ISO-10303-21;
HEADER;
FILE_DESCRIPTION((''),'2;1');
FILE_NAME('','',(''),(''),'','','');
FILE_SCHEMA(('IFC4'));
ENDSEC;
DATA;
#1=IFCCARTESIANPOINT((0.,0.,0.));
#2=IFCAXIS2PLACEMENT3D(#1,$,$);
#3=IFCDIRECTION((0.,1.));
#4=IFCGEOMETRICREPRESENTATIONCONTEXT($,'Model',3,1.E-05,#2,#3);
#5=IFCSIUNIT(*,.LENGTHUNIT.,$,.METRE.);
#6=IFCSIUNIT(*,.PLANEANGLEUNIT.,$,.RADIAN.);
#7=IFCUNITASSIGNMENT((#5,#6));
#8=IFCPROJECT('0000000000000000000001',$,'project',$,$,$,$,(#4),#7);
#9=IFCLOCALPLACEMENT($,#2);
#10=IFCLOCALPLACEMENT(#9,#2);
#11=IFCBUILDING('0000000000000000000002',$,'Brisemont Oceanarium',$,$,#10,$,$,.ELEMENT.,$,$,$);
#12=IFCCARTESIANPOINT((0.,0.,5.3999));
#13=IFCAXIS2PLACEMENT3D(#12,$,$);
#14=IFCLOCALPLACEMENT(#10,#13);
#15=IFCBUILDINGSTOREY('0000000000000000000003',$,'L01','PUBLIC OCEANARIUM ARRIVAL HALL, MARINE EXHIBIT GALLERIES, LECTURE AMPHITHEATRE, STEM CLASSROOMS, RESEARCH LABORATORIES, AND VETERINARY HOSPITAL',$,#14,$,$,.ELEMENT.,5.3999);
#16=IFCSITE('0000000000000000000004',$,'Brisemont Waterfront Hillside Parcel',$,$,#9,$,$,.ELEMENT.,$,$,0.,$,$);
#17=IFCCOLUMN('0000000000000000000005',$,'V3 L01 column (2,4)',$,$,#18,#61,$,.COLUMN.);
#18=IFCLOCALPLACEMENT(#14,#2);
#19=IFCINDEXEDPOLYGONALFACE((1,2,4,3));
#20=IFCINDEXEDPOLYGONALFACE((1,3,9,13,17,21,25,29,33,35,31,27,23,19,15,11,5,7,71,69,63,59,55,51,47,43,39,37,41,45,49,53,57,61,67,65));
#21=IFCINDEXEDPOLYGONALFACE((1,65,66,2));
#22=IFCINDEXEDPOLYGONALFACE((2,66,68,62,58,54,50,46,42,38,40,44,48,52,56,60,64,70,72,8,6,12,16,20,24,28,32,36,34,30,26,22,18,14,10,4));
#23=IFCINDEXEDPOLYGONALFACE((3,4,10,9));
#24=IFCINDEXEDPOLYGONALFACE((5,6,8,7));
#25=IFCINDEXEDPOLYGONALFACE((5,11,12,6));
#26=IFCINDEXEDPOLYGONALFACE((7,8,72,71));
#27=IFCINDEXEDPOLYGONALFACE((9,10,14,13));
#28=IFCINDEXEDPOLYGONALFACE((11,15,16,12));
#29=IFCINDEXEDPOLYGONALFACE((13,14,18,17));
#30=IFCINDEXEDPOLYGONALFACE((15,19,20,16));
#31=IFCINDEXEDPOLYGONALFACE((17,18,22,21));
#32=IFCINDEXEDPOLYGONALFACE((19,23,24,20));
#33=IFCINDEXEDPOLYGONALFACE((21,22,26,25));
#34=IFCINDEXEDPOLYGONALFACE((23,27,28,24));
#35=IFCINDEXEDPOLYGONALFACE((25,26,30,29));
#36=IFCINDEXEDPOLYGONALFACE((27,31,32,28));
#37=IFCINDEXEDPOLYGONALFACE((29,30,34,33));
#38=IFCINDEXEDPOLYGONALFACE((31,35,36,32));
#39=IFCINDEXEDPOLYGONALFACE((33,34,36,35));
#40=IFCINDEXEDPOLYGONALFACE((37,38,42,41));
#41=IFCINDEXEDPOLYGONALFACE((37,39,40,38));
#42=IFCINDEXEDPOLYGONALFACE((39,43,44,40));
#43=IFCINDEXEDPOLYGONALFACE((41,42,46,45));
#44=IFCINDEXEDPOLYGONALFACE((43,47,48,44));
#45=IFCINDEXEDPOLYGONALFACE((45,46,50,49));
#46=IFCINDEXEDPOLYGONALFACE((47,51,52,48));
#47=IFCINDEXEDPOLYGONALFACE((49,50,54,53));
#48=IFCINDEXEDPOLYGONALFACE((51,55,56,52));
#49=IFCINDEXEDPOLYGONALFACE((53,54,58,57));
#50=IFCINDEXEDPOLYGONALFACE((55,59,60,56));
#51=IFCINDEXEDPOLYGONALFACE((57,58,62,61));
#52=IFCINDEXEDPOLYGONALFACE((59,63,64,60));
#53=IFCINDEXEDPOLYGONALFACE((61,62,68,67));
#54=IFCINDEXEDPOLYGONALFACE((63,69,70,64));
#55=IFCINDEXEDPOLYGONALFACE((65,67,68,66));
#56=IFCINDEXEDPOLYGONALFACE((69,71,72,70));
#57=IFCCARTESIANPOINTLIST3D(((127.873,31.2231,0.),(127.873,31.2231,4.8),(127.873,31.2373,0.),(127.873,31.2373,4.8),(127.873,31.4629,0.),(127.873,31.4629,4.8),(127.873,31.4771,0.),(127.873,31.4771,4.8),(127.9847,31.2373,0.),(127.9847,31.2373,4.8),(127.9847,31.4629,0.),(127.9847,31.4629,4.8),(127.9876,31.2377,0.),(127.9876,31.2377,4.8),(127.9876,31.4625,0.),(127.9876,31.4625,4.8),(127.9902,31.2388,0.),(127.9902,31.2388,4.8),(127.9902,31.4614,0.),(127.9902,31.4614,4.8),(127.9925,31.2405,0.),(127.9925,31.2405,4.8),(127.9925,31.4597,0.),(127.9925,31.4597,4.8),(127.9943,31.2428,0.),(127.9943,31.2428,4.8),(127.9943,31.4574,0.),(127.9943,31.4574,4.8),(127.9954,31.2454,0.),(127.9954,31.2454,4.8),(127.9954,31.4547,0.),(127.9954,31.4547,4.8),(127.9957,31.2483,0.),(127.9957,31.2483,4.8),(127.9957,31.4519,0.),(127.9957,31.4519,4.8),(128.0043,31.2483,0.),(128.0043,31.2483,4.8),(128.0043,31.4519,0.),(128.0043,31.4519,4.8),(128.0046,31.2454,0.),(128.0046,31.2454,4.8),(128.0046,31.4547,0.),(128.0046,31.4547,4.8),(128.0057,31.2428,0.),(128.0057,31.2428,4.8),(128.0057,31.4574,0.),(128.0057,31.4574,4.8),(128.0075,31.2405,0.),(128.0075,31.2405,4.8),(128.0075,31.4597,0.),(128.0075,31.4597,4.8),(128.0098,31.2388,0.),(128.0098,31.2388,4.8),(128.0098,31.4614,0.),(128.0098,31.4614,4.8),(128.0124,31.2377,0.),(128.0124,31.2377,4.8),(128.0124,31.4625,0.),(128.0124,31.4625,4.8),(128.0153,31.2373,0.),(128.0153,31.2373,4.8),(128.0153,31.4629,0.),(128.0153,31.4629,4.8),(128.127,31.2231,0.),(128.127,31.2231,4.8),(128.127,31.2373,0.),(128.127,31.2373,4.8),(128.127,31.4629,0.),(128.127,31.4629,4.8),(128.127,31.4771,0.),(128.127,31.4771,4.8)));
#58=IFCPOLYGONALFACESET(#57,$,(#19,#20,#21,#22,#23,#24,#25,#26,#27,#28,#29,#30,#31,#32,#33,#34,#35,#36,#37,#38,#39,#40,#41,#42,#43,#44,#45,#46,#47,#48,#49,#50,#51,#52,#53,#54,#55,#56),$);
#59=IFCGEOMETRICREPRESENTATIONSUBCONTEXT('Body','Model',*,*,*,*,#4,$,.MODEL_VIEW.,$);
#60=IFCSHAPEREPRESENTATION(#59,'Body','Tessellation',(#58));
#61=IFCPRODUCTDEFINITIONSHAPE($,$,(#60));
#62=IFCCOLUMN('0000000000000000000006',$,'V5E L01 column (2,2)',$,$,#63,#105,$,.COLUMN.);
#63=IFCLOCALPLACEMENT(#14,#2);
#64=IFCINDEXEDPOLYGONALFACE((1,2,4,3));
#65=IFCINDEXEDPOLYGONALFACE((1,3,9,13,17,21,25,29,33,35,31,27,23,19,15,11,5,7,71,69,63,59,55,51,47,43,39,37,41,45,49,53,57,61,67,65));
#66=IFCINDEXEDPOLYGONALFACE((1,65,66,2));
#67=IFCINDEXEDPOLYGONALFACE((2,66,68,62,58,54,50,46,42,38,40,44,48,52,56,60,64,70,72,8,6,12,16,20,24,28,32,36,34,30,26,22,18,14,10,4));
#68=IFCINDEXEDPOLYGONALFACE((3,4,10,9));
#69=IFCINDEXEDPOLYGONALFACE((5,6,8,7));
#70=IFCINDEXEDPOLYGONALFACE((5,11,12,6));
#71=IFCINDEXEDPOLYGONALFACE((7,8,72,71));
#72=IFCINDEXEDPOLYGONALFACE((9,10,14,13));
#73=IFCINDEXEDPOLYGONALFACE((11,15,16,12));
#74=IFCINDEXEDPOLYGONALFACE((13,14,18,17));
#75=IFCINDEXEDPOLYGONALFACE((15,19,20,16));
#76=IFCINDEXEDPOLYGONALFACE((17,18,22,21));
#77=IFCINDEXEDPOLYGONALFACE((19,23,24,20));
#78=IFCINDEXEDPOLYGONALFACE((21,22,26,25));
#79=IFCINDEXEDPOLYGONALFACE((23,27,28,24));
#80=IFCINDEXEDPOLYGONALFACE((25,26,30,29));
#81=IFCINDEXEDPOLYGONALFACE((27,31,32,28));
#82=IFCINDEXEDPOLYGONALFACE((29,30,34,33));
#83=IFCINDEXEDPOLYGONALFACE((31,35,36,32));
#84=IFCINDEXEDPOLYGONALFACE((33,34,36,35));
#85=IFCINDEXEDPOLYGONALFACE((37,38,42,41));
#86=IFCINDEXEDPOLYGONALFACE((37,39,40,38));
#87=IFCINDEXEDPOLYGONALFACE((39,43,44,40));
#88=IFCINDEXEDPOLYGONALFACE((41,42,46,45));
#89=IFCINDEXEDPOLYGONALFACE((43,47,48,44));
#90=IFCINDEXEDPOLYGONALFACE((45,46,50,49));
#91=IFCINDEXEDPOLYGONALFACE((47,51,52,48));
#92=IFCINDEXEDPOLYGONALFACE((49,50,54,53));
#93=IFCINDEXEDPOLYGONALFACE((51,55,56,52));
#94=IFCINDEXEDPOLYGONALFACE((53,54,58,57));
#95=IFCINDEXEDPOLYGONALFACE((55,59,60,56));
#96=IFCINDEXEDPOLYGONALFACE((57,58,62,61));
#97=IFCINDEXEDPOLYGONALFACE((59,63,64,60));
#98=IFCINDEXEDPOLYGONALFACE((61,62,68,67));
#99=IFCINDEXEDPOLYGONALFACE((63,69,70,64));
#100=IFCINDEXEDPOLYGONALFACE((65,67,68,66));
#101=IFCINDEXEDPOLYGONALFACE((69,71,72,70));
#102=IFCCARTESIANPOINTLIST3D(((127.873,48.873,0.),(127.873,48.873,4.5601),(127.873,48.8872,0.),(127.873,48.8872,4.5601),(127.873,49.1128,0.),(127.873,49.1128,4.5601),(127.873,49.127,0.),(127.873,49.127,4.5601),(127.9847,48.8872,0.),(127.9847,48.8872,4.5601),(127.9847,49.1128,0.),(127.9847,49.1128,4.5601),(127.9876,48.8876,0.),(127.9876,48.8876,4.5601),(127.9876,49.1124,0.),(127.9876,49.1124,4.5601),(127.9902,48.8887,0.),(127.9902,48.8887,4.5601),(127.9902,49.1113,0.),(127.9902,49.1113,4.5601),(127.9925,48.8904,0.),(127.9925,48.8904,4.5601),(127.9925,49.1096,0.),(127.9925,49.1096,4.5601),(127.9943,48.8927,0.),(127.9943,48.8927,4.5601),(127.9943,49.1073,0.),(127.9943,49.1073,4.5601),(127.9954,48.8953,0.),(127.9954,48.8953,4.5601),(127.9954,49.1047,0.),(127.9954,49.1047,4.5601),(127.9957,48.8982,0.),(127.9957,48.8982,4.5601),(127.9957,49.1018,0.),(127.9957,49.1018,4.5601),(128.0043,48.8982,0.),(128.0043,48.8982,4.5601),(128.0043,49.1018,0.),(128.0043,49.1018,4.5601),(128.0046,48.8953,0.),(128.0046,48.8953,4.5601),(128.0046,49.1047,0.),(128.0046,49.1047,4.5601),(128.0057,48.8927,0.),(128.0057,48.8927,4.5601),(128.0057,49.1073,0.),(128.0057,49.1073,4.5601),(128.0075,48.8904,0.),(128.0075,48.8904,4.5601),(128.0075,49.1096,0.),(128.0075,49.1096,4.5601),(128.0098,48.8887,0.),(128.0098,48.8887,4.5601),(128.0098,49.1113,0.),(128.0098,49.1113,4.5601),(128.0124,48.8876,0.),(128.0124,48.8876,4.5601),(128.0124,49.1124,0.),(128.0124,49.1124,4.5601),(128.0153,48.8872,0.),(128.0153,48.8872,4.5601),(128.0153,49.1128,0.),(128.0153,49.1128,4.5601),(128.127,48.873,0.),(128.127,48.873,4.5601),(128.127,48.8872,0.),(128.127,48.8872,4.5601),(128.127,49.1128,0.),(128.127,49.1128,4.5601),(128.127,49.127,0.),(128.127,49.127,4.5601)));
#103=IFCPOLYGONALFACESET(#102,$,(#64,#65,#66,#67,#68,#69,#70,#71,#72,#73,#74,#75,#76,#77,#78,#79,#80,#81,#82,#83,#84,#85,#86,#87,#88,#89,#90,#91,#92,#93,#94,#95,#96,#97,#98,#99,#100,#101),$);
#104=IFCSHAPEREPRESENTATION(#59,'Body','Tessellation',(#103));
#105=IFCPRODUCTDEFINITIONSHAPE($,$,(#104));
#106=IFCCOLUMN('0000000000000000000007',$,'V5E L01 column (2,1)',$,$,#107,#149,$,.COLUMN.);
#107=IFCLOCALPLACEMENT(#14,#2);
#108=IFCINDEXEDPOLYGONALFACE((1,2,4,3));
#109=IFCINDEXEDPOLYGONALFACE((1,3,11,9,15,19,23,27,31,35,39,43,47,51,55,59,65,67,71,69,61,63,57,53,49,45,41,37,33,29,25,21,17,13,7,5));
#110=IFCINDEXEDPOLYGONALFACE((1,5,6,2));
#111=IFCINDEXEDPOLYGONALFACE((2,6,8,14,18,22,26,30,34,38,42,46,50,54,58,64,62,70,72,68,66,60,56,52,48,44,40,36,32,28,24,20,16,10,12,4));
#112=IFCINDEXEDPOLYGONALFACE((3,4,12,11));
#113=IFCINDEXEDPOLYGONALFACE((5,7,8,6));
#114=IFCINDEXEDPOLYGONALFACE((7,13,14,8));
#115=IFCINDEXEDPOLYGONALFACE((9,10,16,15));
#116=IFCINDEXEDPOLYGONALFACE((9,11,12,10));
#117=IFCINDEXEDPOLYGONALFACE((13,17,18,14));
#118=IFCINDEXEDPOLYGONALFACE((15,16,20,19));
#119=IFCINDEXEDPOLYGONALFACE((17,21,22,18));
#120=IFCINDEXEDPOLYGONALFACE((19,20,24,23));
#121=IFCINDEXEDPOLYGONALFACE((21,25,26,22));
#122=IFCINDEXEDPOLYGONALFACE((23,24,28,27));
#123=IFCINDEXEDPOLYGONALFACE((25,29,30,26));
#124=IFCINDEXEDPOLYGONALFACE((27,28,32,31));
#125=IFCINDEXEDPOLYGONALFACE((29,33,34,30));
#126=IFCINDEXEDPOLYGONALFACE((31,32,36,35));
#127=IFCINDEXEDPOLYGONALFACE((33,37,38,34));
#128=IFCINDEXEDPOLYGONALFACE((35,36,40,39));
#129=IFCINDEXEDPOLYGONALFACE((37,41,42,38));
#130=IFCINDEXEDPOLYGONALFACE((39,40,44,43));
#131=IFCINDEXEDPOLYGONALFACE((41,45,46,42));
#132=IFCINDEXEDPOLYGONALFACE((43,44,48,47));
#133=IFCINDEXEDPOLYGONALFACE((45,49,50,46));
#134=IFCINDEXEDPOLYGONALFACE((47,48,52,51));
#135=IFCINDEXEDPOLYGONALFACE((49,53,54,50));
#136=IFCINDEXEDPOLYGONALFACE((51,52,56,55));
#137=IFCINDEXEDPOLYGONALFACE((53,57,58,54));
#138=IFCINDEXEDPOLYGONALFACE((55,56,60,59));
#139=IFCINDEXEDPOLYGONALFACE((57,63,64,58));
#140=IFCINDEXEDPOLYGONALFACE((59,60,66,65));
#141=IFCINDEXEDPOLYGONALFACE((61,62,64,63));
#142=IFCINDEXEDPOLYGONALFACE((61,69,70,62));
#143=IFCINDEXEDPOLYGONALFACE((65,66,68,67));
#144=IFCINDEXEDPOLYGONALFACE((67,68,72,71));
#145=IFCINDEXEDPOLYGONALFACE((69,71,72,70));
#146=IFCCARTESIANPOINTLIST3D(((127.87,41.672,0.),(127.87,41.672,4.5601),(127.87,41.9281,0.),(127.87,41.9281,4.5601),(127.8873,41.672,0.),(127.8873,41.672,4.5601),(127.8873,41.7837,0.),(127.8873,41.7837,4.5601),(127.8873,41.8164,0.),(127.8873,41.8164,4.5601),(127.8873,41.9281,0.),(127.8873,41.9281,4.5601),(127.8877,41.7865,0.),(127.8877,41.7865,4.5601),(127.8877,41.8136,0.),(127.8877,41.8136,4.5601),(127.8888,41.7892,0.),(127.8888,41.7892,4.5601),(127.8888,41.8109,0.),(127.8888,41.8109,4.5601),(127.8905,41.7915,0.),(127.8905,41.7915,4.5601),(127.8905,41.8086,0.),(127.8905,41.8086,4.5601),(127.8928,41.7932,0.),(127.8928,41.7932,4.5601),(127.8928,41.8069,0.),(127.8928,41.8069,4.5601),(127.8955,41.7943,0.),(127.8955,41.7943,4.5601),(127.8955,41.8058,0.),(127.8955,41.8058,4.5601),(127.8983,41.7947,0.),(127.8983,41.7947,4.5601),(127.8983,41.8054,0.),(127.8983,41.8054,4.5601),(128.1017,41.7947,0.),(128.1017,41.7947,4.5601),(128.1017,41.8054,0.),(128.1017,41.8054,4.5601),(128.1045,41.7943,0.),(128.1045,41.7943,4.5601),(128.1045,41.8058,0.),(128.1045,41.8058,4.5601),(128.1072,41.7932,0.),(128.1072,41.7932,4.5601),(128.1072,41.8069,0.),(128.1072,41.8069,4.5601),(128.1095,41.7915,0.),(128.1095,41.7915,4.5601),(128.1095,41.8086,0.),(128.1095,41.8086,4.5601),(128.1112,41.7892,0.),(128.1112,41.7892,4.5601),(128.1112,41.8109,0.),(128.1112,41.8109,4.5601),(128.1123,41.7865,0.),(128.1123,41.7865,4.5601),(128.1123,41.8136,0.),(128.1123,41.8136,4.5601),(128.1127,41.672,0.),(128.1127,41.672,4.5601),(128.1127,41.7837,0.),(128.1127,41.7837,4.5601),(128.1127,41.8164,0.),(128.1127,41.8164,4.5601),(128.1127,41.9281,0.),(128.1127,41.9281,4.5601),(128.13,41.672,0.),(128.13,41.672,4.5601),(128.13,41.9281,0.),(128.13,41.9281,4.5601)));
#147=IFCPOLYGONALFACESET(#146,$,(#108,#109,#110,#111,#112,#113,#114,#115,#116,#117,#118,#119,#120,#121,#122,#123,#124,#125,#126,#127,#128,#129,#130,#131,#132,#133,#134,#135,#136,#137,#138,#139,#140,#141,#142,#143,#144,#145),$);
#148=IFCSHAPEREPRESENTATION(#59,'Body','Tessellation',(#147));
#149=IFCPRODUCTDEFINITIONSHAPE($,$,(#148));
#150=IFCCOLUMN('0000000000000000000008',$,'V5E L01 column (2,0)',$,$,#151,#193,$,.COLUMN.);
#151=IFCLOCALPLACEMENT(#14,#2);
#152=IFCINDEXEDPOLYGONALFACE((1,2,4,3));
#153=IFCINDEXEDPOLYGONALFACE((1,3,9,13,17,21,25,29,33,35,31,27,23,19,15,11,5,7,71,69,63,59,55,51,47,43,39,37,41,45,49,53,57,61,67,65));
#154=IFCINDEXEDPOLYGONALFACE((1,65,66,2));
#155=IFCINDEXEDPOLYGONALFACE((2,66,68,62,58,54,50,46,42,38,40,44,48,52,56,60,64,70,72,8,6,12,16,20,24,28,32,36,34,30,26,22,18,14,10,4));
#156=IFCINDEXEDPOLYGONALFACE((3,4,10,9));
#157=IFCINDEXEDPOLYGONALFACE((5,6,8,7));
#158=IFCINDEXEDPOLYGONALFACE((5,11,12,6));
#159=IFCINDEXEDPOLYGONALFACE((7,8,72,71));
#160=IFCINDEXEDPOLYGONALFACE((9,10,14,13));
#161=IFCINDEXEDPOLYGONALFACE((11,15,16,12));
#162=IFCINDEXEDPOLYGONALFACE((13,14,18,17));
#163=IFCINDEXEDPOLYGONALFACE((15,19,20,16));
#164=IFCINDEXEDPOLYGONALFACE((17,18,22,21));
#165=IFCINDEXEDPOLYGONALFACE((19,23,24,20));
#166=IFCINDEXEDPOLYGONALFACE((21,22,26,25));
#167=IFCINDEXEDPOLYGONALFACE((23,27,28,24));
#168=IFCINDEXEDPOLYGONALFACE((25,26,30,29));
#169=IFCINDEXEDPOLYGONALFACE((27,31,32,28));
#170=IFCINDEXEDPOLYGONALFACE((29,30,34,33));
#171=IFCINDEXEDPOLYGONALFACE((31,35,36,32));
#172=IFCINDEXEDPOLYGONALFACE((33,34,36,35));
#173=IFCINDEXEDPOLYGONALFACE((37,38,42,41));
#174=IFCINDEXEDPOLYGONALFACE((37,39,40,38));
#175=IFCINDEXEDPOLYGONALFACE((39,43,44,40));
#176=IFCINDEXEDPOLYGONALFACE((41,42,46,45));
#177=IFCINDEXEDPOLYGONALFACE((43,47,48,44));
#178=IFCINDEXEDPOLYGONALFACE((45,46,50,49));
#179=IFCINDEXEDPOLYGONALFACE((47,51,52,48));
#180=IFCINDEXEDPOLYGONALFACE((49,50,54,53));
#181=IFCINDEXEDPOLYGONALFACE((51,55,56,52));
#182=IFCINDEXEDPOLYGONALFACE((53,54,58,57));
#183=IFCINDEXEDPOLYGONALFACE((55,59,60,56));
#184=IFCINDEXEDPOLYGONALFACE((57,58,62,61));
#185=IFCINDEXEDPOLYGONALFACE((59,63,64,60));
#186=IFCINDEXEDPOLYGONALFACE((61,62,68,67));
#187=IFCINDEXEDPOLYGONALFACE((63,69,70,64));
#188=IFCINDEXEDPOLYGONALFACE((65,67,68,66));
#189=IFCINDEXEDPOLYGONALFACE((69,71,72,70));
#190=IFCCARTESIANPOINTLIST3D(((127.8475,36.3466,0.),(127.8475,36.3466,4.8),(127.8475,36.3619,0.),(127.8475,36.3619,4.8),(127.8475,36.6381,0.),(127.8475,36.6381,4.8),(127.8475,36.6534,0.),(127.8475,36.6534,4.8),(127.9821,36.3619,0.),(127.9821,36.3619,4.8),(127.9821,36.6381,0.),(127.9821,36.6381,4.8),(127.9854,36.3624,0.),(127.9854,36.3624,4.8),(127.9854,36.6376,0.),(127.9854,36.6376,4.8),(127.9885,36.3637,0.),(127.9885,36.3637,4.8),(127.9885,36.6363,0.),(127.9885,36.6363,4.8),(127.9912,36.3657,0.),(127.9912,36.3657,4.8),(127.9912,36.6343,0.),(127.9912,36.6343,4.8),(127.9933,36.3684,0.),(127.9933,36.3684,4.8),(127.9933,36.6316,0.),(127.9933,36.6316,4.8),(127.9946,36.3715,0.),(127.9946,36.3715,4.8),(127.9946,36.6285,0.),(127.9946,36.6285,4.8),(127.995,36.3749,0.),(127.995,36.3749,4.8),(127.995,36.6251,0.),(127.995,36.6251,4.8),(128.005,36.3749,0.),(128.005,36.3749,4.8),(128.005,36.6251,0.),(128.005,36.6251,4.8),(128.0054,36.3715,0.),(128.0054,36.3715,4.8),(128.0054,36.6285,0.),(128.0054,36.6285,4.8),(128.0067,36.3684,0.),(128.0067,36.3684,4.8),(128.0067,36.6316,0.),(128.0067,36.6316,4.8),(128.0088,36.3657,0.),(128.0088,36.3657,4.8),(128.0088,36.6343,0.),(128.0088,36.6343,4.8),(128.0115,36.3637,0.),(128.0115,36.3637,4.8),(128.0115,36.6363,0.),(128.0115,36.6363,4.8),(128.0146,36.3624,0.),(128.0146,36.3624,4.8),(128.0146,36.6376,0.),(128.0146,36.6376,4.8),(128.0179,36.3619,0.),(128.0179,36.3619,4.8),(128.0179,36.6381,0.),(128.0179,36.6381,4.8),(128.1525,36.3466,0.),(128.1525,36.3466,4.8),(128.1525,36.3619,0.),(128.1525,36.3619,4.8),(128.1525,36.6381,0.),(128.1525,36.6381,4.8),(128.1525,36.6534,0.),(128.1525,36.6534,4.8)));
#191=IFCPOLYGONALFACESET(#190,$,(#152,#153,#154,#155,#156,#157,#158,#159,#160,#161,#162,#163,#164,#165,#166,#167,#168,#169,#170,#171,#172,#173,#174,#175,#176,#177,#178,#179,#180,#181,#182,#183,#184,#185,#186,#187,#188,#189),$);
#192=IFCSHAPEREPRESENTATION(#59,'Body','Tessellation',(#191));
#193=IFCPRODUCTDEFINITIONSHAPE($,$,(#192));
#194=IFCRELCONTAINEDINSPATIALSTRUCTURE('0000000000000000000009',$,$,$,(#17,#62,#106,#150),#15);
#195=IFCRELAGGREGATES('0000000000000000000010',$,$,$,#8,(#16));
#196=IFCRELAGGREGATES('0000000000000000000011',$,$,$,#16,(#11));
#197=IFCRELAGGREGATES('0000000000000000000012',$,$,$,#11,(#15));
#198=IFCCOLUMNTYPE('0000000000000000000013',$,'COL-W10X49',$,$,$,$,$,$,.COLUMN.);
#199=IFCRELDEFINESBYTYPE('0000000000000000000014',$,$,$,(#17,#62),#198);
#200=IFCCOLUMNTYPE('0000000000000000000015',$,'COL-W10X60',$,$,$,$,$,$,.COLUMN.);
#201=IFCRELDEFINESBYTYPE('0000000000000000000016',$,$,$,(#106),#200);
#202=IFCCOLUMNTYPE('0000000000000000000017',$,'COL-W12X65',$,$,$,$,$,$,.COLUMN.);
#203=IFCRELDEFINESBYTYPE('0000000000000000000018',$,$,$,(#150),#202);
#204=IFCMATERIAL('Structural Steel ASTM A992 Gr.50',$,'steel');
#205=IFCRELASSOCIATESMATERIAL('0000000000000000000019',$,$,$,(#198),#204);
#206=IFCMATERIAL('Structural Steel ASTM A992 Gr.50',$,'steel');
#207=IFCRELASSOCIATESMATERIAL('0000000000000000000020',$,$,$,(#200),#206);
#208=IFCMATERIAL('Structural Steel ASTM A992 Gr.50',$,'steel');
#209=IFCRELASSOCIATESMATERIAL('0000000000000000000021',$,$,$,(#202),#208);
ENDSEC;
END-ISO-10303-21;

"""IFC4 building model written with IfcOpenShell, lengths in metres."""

from ifc_helpers import new_model, si_unit, direction, frame, origin, origin_2d, place, context, subcontext, project, spatial, i_section, extrude, material, material_profile, profile_set, type_object, element, save


model = new_model("IFC4")

# Units and contexts
model_context = context("Model", 3, precision=1e-05, world=origin(), true_north=direction((0.0, 1.0)))
body_context = subcontext(model_context, "Body", "Model", "MODEL_VIEW")
ifc_project = project(units=[si_unit("LENGTHUNIT", "METRE"), si_unit("PLANEANGLEUNIT", "RADIAN")], contexts=[model_context])

# Site, building, storey
site_placement = place(None, origin())
site = spatial("IfcSite", under=ifc_project, at=site_placement, Name="Brisemont Waterfront Hillside Parcel", CompositionType="ELEMENT", RefElevation=0.0)
building_placement = place(site_placement, origin())
building = spatial("IfcBuilding", under=site, at=building_placement, Name="Brisemont Oceanarium", CompositionType="ELEMENT")
storey_placement = place(building_placement, frame((0.0, 0.0, 5.3999)))
storey = spatial("IfcBuildingStorey", under=building, at=storey_placement, Name="L01", Description="PUBLIC OCEANARIUM ARRIVAL HALL, MARINE EXHIBIT GALLERIES, LECTURE AMPHITHEATRE, STEM CLASSROOMS, RESEARCH LABORATORIES, AND VETERINARY HOSPITAL", CompositionType="ELEMENT", Elevation=5.3999)

# Columns
ifc_material_1 = material(Name="Structural Steel ASTM A992 Gr.50", Category="steel")
ifc_material_profile_1 = material_profile(ifc_material_1, i_section(OverallWidth=0.2539, OverallDepth=0.2539, WebThickness=0.0085, FlangeThickness=0.0142, FilletRadius=0.011, at=origin_2d()), Name="W10X49")
ifc_profile_set_1 = profile_set([ifc_material_profile_1], Name="Structural Steel ASTM A992 Gr.50")
column_type_1 = type_object("IfcColumnType", Name="COL-W10X49", PredefinedType="COLUMN", material=ifc_profile_set_1)
column_1_placement = place(storey_placement, frame((128.0, 31.3501, 0.0), z_axis=(0.0, 0.0, 1.0), x_axis=(1.0, 0.0, 0.0)))
element("IfcColumn", 1, at=column_1_placement, inside=storey, type_object=column_type_1, Name="V3 L01 column (2,4)", PredefinedType="COLUMN", context=body_context, shape_type="SweptSolid", body=[
    extrude(i_section(OverallWidth=0.2539, OverallDepth=0.2539, WebThickness=0.0085, FlangeThickness=0.0142, FilletRadius=0.011, at=origin_2d()), origin(), (0.0, 0.0, 1.0), 4.8),
])
column_2_placement = place(storey_placement, frame((128.0, 49.0, 0.0), z_axis=(0.0, 0.0, 1.0), x_axis=(1.0, 0.0, 0.0)))
element("IfcColumn", 2, at=column_2_placement, inside=storey, type_object=column_type_1, Name="V5E L01 column (2,2)", PredefinedType="COLUMN", context=body_context, shape_type="SweptSolid", body=[
    extrude(i_section(OverallWidth=0.2539, OverallDepth=0.2539, WebThickness=0.0085, FlangeThickness=0.0142, FilletRadius=0.011, at=origin_2d()), origin(), (0.0, 0.0, 1.0), 4.5601),
])
ifc_material_2 = material(Name="Structural Steel ASTM A992 Gr.50", Category="steel")
ifc_material_profile_2 = material_profile(ifc_material_2, i_section(OverallWidth=0.2561, OverallDepth=0.26, WebThickness=0.0107, FlangeThickness=0.0173, FilletRadius=0.011, at=origin_2d()), Name="W10X60")
ifc_profile_set_2 = profile_set([ifc_material_profile_2], Name="Structural Steel ASTM A992 Gr.50")
column_type_2 = type_object("IfcColumnType", Name="COL-W10X60", PredefinedType="COLUMN", material=ifc_profile_set_2)
column_3_placement = place(storey_placement, frame((128.0, 41.8, 0.0), z_axis=(0.0, 0.0, 1.0), x_axis=(0.0, 1.0, 0.0)))
element("IfcColumn", 3, at=column_3_placement, inside=storey, type_object=column_type_2, Name="V5E L01 column (2,1)", PredefinedType="COLUMN", context=body_context, shape_type="SweptSolid", body=[
    extrude(i_section(OverallWidth=0.2561, OverallDepth=0.26, WebThickness=0.0107, FlangeThickness=0.0173, FilletRadius=0.011, at=origin_2d()), origin(), (0.0, 0.0, 1.0), 4.5601),
])
ifc_material_3 = material(Name="Structural Steel ASTM A992 Gr.50", Category="steel")
ifc_material_profile_3 = material_profile(ifc_material_3, i_section(OverallWidth=0.3049, OverallDepth=0.3069, WebThickness=0.01, FlangeThickness=0.0154, FilletRadius=0.0129, at=origin_2d()), Name="W12X65")
ifc_profile_set_3 = profile_set([ifc_material_profile_3], Name="Structural Steel ASTM A992 Gr.50")
column_type_3 = type_object("IfcColumnType", Name="COL-W12X65", PredefinedType="COLUMN", material=ifc_profile_set_3)
column_4_placement = place(storey_placement, frame((128.0, 36.5, 0.0), z_axis=(0.0, 0.0, 1.0), x_axis=(1.0, 0.0, 0.0)))
element("IfcColumn", 4, at=column_4_placement, inside=storey, type_object=column_type_3, Name="V5E L01 column (2,0)", PredefinedType="COLUMN", context=body_context, shape_type="SweptSolid", body=[
    extrude(i_section(OverallWidth=0.3049, OverallDepth=0.3069, WebThickness=0.01, FlangeThickness=0.0154, FilletRadius=0.0129, at=origin_2d()), origin(), (0.0, 0.0, 1.0), 4.8),
])

save(model, "model.ifc")
